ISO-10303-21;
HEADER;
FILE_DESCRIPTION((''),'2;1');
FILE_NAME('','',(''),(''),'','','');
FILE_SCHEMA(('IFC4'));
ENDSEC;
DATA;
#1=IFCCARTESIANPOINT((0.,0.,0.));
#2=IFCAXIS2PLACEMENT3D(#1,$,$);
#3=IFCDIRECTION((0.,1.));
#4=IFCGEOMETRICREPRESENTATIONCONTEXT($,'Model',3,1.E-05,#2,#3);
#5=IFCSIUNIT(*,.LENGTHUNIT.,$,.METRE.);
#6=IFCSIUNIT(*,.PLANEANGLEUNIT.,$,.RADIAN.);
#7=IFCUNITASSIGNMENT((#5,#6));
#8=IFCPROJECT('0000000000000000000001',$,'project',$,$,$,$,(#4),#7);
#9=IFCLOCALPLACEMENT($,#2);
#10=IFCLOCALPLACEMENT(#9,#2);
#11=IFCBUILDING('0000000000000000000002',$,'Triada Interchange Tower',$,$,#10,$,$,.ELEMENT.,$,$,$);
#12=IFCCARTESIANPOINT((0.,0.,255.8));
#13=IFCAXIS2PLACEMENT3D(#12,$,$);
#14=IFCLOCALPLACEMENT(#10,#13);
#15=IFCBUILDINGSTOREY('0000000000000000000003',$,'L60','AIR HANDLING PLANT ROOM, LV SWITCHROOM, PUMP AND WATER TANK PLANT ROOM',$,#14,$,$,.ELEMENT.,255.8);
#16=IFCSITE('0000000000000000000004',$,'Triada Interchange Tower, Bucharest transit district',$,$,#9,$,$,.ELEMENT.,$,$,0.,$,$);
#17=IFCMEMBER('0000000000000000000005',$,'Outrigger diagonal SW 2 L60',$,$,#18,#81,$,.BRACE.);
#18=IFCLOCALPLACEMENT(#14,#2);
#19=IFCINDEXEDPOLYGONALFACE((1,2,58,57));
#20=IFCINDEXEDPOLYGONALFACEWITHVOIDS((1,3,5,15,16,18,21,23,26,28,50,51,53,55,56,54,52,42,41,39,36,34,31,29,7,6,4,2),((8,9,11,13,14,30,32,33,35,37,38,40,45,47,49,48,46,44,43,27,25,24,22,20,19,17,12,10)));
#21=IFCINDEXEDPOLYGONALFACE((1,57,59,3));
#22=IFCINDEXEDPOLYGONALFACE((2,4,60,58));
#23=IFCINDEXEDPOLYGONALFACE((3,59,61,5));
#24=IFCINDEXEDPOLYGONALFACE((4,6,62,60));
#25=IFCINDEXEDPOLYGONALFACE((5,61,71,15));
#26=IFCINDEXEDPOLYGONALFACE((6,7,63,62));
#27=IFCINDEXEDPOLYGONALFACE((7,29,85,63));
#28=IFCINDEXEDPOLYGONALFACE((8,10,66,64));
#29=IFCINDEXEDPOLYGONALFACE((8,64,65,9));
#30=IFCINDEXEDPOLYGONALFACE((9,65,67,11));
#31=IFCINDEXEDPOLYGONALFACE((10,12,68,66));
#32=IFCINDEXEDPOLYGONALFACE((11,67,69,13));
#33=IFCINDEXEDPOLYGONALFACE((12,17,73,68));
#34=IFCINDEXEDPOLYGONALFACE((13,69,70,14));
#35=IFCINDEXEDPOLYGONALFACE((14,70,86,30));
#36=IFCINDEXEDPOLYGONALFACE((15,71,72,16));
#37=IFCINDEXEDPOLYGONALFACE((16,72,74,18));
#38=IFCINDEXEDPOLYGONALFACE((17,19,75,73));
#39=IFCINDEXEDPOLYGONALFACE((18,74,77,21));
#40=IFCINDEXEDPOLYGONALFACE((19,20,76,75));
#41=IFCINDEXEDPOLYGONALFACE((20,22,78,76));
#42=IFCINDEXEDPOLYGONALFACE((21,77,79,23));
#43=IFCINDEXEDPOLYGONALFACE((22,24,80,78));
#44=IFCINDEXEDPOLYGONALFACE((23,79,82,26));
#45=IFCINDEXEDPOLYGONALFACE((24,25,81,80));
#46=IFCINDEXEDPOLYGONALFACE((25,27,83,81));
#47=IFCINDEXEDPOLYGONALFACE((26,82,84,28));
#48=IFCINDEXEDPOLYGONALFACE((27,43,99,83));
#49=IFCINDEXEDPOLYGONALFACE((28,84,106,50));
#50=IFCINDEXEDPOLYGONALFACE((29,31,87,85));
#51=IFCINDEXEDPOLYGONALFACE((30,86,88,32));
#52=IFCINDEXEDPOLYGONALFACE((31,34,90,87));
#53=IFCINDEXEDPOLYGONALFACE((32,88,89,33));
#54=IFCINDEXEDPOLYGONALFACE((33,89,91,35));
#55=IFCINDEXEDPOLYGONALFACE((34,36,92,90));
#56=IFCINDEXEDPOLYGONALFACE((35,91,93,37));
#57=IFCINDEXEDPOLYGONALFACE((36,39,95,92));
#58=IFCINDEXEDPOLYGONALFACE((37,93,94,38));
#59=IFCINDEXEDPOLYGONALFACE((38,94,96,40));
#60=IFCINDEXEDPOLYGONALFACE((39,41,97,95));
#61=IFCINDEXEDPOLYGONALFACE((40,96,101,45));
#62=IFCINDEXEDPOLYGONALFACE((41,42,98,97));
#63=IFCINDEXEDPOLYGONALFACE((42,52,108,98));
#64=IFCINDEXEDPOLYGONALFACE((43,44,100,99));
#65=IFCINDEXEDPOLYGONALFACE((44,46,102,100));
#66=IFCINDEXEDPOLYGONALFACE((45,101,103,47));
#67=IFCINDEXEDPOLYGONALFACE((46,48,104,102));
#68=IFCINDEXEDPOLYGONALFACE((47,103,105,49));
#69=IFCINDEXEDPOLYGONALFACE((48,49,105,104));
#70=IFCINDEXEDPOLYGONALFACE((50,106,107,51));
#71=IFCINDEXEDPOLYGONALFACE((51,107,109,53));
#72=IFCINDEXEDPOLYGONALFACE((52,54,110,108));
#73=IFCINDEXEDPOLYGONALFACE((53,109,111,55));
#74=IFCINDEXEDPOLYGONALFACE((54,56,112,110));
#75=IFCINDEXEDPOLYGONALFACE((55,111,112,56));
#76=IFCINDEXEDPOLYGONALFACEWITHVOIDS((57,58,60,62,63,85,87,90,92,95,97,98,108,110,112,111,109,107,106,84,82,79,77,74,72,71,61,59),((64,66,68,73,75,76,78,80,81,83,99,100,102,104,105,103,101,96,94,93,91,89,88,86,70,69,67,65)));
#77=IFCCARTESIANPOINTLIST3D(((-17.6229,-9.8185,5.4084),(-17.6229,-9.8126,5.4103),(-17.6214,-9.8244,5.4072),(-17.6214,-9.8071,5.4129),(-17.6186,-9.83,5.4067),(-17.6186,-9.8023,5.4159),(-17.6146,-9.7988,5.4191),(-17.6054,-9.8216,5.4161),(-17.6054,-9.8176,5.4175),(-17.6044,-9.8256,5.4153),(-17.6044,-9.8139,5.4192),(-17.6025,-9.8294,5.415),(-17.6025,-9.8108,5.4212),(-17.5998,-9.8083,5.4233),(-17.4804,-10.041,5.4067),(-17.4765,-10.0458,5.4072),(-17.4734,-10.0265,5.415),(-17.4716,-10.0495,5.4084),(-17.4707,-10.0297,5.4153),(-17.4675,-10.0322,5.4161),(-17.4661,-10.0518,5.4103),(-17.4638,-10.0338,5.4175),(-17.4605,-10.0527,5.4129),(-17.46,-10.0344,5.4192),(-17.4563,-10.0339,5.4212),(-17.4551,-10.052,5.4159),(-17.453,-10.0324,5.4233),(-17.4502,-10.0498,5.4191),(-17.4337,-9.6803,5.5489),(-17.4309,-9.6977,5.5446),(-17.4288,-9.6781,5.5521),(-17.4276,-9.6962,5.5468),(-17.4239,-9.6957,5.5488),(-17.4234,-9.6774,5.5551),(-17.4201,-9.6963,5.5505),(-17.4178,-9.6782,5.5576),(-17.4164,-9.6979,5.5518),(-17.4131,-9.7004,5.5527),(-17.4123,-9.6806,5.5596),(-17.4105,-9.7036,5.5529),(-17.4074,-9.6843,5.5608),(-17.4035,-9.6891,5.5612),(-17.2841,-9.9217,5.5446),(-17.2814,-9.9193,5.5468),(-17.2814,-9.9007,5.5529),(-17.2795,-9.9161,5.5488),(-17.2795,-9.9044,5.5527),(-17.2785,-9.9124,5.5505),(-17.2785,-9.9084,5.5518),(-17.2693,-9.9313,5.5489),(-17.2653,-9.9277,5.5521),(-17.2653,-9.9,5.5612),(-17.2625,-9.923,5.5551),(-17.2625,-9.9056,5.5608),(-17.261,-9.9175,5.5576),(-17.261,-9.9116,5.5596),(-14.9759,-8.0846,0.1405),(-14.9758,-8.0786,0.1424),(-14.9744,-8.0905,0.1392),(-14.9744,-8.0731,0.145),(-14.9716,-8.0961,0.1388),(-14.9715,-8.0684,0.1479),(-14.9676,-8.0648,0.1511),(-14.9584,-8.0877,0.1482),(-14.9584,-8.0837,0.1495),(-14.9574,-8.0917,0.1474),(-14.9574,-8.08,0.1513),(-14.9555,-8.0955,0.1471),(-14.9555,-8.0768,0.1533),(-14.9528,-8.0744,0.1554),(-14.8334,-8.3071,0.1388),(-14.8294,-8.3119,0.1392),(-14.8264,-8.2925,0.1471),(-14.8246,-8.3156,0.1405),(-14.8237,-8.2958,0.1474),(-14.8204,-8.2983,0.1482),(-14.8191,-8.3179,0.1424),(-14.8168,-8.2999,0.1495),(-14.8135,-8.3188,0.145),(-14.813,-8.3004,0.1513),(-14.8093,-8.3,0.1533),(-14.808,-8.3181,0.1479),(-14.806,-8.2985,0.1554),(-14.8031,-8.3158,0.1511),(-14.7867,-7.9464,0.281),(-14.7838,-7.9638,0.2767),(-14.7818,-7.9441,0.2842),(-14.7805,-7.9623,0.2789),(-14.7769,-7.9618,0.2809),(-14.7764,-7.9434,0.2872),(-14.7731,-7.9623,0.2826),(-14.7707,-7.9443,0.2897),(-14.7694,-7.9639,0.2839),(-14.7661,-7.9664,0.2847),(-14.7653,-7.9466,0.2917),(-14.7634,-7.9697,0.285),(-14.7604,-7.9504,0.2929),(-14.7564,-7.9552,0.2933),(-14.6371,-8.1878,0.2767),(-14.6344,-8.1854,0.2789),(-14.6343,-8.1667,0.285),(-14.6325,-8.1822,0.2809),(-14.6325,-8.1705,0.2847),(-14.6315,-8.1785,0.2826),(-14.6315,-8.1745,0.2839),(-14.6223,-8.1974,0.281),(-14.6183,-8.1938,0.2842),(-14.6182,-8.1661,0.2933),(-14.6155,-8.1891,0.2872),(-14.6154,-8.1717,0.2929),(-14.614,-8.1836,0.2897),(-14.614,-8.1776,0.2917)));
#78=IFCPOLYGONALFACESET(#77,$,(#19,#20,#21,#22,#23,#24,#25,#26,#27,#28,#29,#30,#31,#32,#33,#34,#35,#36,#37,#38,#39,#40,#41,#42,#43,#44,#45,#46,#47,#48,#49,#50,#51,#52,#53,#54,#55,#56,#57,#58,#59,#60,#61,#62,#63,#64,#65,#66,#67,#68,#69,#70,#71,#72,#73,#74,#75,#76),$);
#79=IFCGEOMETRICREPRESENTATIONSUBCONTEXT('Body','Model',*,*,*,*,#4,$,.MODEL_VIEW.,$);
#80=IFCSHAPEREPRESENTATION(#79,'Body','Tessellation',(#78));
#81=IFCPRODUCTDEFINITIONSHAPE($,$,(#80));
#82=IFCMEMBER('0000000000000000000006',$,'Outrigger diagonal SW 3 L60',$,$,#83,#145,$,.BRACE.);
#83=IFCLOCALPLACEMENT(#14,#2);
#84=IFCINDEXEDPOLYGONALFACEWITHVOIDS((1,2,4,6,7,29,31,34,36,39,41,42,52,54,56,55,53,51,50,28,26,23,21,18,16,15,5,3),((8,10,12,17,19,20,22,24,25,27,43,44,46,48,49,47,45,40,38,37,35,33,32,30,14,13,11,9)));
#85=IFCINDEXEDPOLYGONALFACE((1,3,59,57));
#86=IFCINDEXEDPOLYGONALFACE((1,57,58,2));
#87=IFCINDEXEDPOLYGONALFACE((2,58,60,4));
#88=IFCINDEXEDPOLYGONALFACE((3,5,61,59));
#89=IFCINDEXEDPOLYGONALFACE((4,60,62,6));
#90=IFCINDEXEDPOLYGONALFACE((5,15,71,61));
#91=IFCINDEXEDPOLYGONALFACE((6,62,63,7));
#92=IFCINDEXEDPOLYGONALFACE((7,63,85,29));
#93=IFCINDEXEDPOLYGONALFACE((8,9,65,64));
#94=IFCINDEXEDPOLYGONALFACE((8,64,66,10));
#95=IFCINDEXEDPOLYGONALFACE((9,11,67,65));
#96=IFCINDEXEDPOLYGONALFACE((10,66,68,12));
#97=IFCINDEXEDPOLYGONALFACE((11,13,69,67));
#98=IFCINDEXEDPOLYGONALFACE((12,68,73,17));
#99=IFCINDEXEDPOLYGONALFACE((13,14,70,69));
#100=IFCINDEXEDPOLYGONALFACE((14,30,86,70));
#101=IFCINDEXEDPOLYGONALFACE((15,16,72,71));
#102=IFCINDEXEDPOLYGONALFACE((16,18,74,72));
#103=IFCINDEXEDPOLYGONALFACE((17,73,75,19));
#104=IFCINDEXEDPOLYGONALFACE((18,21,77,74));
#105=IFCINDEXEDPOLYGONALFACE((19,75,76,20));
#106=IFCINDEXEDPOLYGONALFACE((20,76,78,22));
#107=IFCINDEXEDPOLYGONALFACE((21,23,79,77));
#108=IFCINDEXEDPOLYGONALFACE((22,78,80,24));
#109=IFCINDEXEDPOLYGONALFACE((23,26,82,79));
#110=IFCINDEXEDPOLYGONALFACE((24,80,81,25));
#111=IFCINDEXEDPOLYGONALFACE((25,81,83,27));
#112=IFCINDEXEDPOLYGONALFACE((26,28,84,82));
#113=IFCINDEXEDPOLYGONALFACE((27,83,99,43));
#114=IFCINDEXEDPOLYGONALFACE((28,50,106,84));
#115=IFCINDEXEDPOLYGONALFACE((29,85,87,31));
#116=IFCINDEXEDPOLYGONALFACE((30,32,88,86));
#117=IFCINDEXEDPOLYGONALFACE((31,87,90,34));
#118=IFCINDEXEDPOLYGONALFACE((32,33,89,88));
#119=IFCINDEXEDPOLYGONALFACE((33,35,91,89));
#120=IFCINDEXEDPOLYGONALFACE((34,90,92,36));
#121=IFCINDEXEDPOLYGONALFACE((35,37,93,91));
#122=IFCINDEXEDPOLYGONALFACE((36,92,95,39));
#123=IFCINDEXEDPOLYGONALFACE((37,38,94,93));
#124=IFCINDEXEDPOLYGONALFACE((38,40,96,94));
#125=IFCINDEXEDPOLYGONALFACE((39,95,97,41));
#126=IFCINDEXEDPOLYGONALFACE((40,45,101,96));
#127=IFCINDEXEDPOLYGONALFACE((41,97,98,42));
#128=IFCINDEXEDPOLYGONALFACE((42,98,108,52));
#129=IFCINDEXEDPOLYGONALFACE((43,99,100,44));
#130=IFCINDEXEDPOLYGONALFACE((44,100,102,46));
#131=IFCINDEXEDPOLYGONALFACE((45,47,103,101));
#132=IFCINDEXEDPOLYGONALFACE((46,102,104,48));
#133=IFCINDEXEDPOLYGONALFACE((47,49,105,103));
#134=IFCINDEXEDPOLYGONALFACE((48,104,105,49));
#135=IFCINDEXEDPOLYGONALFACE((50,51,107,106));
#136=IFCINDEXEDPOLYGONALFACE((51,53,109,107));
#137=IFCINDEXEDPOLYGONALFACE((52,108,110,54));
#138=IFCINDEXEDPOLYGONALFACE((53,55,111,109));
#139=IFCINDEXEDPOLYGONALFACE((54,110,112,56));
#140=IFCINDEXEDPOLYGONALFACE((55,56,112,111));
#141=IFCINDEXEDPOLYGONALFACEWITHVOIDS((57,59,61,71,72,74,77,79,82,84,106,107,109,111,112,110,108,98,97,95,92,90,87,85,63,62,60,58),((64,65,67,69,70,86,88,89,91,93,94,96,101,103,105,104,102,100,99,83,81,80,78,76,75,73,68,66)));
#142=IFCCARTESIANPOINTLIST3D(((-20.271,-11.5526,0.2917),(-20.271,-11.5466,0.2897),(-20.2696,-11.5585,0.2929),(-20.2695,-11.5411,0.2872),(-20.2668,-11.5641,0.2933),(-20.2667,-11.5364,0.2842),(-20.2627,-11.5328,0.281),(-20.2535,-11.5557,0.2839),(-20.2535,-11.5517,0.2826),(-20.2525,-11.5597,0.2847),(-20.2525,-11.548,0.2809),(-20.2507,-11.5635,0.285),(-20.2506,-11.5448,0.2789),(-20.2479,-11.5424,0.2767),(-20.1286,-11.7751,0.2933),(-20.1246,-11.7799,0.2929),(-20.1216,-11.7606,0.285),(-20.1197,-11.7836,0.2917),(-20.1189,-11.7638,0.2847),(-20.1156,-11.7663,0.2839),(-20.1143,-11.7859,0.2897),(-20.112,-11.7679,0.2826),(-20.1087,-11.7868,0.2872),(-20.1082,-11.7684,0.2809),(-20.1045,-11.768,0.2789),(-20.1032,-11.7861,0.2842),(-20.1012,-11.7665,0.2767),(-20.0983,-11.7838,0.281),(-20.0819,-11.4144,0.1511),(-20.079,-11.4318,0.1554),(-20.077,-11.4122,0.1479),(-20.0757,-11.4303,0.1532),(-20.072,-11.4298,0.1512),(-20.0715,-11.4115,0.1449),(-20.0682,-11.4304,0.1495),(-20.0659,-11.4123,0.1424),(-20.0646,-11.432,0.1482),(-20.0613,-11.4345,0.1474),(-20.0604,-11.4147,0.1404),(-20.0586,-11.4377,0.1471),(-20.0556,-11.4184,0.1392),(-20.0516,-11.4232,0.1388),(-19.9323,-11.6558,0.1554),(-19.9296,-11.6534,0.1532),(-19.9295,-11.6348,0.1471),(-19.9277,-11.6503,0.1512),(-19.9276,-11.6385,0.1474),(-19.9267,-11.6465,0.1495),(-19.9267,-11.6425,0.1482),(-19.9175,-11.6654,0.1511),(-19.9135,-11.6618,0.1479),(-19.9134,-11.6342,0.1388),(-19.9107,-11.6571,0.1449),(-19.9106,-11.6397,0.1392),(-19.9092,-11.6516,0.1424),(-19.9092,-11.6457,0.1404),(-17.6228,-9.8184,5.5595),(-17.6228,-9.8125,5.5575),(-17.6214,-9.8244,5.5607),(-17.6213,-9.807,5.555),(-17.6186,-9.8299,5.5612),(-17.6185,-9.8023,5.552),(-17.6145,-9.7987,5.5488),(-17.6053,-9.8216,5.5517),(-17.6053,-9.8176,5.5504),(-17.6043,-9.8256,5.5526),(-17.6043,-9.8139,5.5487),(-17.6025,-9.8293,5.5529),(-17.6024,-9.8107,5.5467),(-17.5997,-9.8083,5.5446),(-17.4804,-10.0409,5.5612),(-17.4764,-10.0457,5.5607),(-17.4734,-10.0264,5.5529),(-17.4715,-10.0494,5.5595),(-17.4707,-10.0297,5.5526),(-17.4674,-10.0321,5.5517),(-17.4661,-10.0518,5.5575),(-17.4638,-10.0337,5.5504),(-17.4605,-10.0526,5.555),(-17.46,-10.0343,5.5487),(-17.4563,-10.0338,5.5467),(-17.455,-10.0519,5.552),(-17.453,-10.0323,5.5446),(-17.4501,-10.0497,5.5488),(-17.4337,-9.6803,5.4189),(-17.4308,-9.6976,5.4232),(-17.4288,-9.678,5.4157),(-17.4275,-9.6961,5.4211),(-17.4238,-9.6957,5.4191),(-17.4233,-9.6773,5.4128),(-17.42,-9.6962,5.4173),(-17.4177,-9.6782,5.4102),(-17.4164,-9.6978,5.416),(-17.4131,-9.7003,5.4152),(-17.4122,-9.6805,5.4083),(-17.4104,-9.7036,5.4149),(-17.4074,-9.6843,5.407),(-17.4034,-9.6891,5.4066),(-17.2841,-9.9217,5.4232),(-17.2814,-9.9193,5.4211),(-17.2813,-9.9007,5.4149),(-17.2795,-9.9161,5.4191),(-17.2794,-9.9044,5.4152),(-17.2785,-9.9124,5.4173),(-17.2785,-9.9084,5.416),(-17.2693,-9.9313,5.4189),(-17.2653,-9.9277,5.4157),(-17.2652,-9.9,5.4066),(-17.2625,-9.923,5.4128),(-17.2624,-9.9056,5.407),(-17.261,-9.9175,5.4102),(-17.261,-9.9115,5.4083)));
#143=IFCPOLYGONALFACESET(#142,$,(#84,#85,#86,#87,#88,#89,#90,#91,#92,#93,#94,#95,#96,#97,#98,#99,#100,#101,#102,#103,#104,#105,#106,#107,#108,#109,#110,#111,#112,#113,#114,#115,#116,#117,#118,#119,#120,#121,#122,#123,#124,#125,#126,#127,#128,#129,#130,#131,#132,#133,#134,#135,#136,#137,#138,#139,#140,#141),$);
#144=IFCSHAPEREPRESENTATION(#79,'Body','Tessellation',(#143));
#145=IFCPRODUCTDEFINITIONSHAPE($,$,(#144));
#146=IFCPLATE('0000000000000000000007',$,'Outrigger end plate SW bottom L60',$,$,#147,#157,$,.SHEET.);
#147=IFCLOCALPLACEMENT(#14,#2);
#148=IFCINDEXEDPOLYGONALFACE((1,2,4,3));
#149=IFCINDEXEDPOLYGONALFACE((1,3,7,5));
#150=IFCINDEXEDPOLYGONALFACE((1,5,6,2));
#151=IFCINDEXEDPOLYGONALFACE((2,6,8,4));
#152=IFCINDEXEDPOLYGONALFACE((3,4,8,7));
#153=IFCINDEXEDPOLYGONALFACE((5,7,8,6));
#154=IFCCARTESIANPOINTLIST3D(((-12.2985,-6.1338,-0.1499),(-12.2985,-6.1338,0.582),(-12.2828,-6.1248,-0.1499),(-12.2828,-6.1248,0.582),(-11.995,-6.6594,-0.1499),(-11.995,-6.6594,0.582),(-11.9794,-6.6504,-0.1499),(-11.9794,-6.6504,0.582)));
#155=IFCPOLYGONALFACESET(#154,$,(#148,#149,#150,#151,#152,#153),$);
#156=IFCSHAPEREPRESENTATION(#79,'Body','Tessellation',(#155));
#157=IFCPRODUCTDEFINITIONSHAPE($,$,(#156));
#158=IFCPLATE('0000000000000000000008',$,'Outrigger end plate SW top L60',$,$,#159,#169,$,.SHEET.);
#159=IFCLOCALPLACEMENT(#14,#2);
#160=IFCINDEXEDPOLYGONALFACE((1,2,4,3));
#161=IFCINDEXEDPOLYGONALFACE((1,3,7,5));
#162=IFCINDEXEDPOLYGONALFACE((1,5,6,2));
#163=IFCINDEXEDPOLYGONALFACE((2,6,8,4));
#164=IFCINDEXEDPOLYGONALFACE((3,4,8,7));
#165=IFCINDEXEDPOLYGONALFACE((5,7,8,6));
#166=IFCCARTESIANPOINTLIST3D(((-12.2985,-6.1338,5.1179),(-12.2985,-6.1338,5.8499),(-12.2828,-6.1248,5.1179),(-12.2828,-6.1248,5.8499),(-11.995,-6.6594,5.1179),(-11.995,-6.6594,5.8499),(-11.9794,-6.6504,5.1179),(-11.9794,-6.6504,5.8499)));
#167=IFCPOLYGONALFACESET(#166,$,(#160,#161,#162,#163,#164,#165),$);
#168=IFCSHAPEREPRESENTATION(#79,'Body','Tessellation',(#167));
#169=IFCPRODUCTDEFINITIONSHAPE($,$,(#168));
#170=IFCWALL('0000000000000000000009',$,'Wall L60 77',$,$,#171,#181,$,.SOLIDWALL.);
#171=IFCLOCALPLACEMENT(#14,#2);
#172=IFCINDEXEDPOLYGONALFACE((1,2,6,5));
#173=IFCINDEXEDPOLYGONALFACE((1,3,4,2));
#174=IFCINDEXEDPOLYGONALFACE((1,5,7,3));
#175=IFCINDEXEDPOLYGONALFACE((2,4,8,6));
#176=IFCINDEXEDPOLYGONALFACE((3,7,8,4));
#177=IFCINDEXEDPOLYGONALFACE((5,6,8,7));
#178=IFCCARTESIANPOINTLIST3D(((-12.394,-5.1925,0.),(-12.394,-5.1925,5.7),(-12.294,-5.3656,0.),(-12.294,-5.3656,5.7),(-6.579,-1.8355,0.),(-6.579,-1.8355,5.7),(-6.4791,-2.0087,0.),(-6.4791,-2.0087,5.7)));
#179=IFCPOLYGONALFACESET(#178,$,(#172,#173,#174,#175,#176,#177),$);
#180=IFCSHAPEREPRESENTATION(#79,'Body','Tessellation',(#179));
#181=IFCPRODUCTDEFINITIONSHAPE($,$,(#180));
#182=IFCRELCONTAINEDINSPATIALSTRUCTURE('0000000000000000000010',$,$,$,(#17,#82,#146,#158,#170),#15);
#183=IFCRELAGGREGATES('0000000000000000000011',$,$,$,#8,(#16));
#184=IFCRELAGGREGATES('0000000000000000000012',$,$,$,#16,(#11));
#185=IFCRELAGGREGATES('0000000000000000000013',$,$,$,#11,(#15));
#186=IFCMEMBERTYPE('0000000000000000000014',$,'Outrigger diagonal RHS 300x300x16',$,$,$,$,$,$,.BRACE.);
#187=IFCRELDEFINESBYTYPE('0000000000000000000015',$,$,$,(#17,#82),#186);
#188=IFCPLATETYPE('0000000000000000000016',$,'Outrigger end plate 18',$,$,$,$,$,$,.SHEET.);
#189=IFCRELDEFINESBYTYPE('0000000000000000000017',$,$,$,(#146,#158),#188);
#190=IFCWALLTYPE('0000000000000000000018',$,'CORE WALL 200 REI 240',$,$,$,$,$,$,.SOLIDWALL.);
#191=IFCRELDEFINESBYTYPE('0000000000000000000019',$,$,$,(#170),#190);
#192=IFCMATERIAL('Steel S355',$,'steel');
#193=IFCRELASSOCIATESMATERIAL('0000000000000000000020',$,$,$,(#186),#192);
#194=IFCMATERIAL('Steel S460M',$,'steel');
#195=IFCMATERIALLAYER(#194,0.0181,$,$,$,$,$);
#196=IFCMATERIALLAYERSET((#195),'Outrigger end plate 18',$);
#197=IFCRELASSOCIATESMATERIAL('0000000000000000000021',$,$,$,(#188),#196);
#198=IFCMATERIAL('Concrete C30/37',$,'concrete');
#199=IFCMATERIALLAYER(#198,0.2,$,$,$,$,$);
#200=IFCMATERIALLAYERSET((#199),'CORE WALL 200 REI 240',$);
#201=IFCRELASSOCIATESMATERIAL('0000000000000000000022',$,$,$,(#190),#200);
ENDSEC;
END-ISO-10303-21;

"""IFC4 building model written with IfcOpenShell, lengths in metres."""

from ifc_helpers import new_model, si_unit, direction, frame, frame_2d, origin, origin_2d, place, context, subcontext, project, spatial, rectangle, hollow_rectangle, extrude, material, layer, layer_set, material_profile, profile_set, type_object, element, save


model = new_model("IFC4")

# Units and contexts
model_context = context("Model", 3, precision=1e-05, world=origin(), true_north=direction((0.0, 1.0)))
body_context = subcontext(model_context, "Body", "Model", "MODEL_VIEW")
ifc_project = project(units=[si_unit("LENGTHUNIT", "METRE"), si_unit("PLANEANGLEUNIT", "RADIAN")], contexts=[model_context])

# Site, building, storey
site_placement = place(None, origin())
site = spatial("IfcSite", under=ifc_project, at=site_placement, Name="Triada Interchange Tower, Bucharest transit district", CompositionType="ELEMENT", RefElevation=0.0)
building_placement = place(site_placement, origin())
building = spatial("IfcBuilding", under=site, at=building_placement, Name="Triada Interchange Tower", CompositionType="ELEMENT")
storey_placement = place(building_placement, frame((0.0, 0.0, 255.8)))
storey = spatial("IfcBuildingStorey", under=building, at=storey_placement, Name="L60", Description="AIR HANDLING PLANT ROOM, LV SWITCHROOM, PUMP AND WATER TANK PLANT ROOM", CompositionType="ELEMENT", Elevation=255.8)

# Shared definitions
ifc_material_1 = material(Name="Steel S355", Category="steel")

# Members
ifc_material_2 = material(Name="Steel S460M", Category="steel")
ifc_material_profile_1 = material_profile(ifc_material_1, hollow_rectangle(XDim=0.3, YDim=0.3, WallThickness=0.0161, InnerFilletRadius=0.0161, OuterFilletRadius=0.0239, at=origin_2d()), Name="RHS 300x300x16")
ifc_profile_set_1 = profile_set([ifc_material_profile_1], Name="Steel S355")
member_type_1 = type_object("IfcMemberType", Name="Outrigger diagonal RHS 300x300x16", PredefinedType="BRACE", material=ifc_profile_set_1)
member_1_placement = place(storey_placement, frame((-14.7949, -8.1311, 0.2161), z_axis=(-0.430742, -0.282156, 0.857234), x_axis=(0.547952, -0.83651, 0.0)))
element("IfcMember", 1, at=member_1_placement, inside=storey, type_object=member_type_1, Name="Outrigger diagonal SW 2 L60", PredefinedType="BRACE", context=body_context, shape_type="SweptSolid", body=[
    extrude(hollow_rectangle(XDim=0.3, YDim=0.3, WallThickness=0.0161, InnerFilletRadius=0.0161, OuterFilletRadius=0.0239, at=origin_2d()), origin(), (0.0, 0.0, 1.0), 6.1453),
])
member_2_placement = place(storey_placement, frame((-17.4419, -9.865, 5.4839), z_axis=(-0.430899, -0.282168, -0.857151), x_axis=(0.547829, -0.83659, 0.0)))
element("IfcMember", 2, at=member_2_placement, inside=storey, type_object=member_type_1, Name="Outrigger diagonal SW 3 L60", PredefinedType="BRACE", context=body_context, shape_type="SweptSolid", body=[
    extrude(hollow_rectangle(XDim=0.3, YDim=0.3, WallThickness=0.0161, InnerFilletRadius=0.0161, OuterFilletRadius=0.0239, at=origin_2d()), origin(), (0.0, 0.0, 1.0), 6.1458),
])

# Plates
ifc_layer_1 = layer(ifc_material_2, 0.0181)
ifc_layer_set_1 = layer_set([ifc_layer_1], Name="Outrigger end plate 18")
plate_type = type_object("IfcPlateType", Name="Outrigger end plate 18", PredefinedType="SHEET", material=ifc_layer_set_1)
for number, where, z_axis, x_axis, name in (
    (3, (-12.1389, -6.3921, -0.1499), (0.0, 0.0, 1.0), (-0.866025, -0.5, 0.0), "Outrigger end plate SW bottom L60"),
    (4, (-12.1389, -6.3921, 5.1179), (0.0, 0.0, 1.0), (-0.866025, -0.5, 0.0), "Outrigger end plate SW top L60"),
):
    element("IfcPlate", number, at=place(storey_placement, frame(where, z_axis=z_axis, x_axis=x_axis)), inside=storey, type_object=plate_type, Name=name, PredefinedType="SHEET", context=body_context, shape_type="SweptSolid", body=[
        extrude(rectangle(XDim=0.0181, YDim=0.6069, at=origin_2d()), origin(), (0.0, 0.0, 1.0), 0.7319),
    ])

# Wall
ifc_material_3 = material(Name="Concrete C30/37", Category="concrete")
ifc_layer_2 = layer(ifc_material_3, 0.2)
ifc_layer_set_2 = layer_set([ifc_layer_2], Name="CORE WALL 200 REI 240")
wall_type_1 = type_object("IfcWallType", Name="CORE WALL 200 REI 240", PredefinedType="SOLIDWALL", material=ifc_layer_set_2)
wall_1_placement = place(storey_placement, frame((-12.344, -5.2791, 0.0), z_axis=(0.0, 0.0, 1.0), x_axis=(0.866046, 0.499964, 0.0)))
element("IfcWall", 5, at=wall_1_placement, inside=storey, type_object=wall_type_1, Name="Wall L60 77", PredefinedType="SOLIDWALL", context=body_context, shape_type="SweptSolid", body=[
    extrude(rectangle(XDim=6.7144, YDim=0.2, at=frame_2d((3.3572, 0.0))), origin(), (0.0, 0.0, 1.0), 5.7),
])

save(model, "model.ifc")
